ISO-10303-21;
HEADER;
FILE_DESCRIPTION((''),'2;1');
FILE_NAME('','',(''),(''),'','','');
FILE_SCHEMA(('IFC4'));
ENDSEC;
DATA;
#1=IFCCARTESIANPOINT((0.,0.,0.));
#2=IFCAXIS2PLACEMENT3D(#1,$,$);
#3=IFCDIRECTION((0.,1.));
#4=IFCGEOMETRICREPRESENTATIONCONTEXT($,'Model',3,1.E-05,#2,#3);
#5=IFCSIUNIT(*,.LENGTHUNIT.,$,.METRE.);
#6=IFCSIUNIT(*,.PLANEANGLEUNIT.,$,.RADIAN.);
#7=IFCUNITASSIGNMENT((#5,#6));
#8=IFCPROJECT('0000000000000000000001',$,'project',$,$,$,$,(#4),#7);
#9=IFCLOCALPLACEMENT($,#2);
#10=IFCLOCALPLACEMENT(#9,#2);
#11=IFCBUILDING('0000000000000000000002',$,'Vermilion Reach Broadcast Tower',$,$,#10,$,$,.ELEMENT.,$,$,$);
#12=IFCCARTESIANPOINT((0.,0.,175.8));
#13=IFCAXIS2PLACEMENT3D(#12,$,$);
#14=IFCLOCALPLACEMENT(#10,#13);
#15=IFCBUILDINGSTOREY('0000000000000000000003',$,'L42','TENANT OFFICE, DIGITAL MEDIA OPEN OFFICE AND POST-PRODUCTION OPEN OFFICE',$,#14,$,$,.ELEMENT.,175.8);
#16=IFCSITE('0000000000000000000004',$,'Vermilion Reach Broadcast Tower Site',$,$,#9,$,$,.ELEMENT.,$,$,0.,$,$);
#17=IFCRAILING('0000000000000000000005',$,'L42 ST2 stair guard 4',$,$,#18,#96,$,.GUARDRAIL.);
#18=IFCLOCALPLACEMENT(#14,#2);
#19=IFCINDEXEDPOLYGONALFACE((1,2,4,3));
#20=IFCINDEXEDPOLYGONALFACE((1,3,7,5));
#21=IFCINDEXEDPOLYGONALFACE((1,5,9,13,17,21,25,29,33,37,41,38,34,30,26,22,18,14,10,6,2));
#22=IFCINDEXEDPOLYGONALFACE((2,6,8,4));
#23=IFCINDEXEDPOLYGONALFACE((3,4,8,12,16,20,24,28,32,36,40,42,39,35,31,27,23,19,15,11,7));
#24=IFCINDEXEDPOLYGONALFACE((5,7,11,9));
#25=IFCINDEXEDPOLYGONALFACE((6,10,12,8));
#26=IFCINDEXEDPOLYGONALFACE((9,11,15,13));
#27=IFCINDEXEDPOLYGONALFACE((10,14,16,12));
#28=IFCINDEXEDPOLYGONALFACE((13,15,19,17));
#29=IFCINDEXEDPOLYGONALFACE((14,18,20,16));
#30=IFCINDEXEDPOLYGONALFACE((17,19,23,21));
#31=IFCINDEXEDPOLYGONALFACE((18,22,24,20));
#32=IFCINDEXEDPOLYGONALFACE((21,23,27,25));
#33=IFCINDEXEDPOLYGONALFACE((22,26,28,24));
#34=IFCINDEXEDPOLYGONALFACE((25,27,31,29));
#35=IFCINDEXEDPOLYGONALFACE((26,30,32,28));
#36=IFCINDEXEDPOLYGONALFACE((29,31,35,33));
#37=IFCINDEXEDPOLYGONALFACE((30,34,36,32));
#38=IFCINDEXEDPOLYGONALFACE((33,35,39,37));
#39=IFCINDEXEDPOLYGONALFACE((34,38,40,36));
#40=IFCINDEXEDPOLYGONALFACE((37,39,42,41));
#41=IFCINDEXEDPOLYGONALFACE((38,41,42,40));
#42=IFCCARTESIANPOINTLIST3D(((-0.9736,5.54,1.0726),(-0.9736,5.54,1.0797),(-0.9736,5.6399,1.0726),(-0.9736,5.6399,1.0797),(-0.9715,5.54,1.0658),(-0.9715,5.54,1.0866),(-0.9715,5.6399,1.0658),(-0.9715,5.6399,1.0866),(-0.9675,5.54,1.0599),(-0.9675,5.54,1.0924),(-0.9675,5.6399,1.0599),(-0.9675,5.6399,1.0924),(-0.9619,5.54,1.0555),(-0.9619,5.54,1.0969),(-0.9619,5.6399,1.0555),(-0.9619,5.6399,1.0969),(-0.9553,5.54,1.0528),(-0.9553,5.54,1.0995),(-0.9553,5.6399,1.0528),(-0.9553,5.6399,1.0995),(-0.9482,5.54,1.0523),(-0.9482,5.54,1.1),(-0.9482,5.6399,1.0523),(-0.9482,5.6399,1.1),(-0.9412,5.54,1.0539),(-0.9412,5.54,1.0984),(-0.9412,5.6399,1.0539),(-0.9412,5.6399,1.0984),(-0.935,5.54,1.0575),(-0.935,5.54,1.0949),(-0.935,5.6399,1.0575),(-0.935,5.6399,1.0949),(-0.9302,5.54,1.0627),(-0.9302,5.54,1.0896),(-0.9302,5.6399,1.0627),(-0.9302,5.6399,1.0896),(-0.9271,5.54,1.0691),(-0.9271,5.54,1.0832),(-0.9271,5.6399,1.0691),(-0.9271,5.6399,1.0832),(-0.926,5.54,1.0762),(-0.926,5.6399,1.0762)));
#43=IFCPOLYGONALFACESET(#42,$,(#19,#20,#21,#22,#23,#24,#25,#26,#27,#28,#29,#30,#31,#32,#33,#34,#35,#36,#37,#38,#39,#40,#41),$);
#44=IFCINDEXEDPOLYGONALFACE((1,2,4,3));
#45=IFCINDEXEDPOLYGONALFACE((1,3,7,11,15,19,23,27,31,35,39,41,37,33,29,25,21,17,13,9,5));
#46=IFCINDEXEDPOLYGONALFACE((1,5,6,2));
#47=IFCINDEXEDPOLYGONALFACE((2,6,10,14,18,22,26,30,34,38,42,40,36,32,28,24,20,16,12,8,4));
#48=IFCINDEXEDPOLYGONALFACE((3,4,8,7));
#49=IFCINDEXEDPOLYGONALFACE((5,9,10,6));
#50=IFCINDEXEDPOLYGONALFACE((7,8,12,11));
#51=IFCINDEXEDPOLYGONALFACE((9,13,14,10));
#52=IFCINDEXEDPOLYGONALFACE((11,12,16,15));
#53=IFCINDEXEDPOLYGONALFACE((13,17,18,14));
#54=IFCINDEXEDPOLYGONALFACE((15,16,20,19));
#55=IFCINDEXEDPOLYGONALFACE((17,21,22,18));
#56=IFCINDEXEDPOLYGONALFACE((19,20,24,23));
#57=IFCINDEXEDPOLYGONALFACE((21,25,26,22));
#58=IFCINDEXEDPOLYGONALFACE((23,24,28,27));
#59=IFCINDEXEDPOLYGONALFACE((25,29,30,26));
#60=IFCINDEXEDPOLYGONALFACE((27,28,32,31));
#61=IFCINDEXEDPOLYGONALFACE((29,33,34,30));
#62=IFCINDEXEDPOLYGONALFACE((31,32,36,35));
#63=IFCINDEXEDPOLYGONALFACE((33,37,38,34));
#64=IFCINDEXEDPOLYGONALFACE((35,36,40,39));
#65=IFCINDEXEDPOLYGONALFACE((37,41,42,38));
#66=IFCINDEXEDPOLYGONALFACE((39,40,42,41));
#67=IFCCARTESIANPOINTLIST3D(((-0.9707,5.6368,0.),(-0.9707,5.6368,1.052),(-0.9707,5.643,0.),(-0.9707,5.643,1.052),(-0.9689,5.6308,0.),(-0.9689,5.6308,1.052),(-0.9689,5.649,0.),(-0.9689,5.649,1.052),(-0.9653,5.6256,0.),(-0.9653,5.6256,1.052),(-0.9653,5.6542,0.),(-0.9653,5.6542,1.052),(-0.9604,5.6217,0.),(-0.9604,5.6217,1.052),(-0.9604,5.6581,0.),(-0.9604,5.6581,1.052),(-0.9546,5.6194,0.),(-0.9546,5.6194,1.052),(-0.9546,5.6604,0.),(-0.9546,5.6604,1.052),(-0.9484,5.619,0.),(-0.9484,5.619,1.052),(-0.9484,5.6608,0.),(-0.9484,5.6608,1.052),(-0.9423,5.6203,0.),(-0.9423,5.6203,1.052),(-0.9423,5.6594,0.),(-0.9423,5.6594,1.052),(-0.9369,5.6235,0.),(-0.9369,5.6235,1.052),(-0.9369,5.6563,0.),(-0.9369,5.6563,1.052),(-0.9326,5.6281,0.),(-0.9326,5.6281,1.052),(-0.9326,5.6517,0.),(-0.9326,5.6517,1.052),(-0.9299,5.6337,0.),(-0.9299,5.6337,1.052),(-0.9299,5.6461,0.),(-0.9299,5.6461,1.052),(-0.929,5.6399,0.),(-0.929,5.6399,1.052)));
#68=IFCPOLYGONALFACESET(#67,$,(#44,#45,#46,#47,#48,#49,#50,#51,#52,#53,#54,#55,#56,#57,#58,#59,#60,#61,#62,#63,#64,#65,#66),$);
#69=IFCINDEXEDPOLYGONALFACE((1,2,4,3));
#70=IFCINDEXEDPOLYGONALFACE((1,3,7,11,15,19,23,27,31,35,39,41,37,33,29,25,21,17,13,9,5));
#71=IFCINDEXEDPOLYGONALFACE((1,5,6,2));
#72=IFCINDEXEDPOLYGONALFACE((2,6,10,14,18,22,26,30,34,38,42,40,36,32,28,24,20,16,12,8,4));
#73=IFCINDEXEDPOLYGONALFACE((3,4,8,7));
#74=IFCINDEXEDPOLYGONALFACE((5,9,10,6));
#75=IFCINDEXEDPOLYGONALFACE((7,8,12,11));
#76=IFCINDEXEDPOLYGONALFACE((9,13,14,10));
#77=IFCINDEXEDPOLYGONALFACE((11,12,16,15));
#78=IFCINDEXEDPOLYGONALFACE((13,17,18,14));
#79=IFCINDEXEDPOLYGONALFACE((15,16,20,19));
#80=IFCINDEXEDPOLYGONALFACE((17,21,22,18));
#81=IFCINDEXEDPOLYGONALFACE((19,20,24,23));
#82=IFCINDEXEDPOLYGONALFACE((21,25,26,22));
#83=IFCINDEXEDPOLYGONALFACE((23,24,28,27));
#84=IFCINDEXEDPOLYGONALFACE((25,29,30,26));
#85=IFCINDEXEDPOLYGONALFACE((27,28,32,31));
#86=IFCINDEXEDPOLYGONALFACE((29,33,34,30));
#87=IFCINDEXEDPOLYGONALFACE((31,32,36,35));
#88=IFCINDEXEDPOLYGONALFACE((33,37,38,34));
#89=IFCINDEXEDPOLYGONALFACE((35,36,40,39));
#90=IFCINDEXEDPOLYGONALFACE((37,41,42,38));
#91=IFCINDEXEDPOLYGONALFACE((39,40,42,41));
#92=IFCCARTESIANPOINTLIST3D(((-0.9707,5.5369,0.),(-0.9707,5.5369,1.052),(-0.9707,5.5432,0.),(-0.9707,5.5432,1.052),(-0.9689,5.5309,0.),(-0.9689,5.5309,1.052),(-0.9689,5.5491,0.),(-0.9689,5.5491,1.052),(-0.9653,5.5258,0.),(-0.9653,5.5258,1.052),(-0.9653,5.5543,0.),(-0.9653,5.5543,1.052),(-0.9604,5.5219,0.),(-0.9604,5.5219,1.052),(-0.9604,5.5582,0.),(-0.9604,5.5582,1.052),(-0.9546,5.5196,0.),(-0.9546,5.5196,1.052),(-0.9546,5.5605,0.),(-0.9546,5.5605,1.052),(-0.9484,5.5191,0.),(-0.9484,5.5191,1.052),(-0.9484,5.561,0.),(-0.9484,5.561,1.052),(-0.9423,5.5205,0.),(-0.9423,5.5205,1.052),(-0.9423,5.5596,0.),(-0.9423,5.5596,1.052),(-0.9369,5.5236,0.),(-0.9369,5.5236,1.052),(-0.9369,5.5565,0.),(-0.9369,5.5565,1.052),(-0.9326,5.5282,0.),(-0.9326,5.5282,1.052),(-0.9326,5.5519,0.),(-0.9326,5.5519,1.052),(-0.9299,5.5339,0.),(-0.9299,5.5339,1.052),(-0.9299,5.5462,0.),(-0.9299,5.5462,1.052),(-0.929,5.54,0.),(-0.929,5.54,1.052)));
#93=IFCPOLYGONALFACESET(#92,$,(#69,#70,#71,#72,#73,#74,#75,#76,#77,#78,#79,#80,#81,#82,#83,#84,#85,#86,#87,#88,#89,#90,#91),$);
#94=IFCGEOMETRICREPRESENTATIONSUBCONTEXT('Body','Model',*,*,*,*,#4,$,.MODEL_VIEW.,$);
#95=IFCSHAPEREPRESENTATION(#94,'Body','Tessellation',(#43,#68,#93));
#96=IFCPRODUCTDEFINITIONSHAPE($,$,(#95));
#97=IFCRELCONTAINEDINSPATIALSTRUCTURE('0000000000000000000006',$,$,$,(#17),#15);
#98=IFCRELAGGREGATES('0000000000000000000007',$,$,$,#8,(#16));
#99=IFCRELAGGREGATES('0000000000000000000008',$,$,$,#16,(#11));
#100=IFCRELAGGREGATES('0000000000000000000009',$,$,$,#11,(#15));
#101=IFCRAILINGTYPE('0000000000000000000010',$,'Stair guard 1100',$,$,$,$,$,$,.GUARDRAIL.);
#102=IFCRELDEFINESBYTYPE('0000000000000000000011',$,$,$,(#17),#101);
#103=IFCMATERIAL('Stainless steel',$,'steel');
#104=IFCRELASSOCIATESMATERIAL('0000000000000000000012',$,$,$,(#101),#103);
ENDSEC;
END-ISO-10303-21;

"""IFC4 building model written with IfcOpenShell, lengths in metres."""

from ifc_helpers import new_model, si_unit, direction, frame, origin, origin_2d, place, context, subcontext, project, spatial, circle, extrude, material, type_object, element, save


model = new_model("IFC4")

# Units and contexts
model_context = context("Model", 3, precision=1e-05, world=origin(), true_north=direction((0.0, 1.0)))
body_context = subcontext(model_context, "Body", "Model", "MODEL_VIEW")
ifc_project = project(units=[si_unit("LENGTHUNIT", "METRE"), si_unit("PLANEANGLEUNIT", "RADIAN")], contexts=[model_context])

# Site, building, storey
site_placement = place(None, origin())
site = spatial("IfcSite", under=ifc_project, at=site_placement, Name="Vermilion Reach Broadcast Tower Site", CompositionType="ELEMENT", RefElevation=0.0)
building_placement = place(site_placement, origin())
building = spatial("IfcBuilding", under=site, at=building_placement, Name="Vermilion Reach Broadcast Tower", CompositionType="ELEMENT")
storey_placement = place(building_placement, frame((0.0, 0.0, 175.8)))
storey = spatial("IfcBuildingStorey", under=building, at=storey_placement, Name="L42", Description="TENANT OFFICE, DIGITAL MEDIA OPEN OFFICE AND POST-PRODUCTION OPEN OFFICE", CompositionType="ELEMENT", Elevation=175.8)

# Railing
ifc_material_1 = material(Name="Stainless steel", Category="steel")
railing_type_1 = type_object("IfcRailingType", Name="Stair guard 1100", PredefinedType="GUARDRAIL", material=ifc_material_1)
railing_1_placement = place(storey_placement, frame((-0.95, 5.6399, 0.0)))
element("IfcRailing", 1, at=railing_1_placement, inside=storey, type_object=railing_type_1, Name="L42 ST2 stair guard 4", PredefinedType="GUARDRAIL", context=body_context, shape_type="SweptSolid", body=[
    extrude(circle(Radius=0.0239, at=origin_2d()), frame((0.0, 0.0, 1.0762), z_axis=(0.0, -1.0, 0.0), x_axis=(1.0, 0.0, 0.0)), (0.0, 0.0, 1.0), 0.0999),
    extrude(circle(Radius=0.021, at=origin_2d()), origin(), (0.0, 0.0, 1.0), 1.052),
    extrude(circle(Radius=0.021, at=origin_2d()), frame((0.0, -0.0999, 0.0)), (0.0, 0.0, 1.0), 1.052),
])

save(model, "model.ifc")
